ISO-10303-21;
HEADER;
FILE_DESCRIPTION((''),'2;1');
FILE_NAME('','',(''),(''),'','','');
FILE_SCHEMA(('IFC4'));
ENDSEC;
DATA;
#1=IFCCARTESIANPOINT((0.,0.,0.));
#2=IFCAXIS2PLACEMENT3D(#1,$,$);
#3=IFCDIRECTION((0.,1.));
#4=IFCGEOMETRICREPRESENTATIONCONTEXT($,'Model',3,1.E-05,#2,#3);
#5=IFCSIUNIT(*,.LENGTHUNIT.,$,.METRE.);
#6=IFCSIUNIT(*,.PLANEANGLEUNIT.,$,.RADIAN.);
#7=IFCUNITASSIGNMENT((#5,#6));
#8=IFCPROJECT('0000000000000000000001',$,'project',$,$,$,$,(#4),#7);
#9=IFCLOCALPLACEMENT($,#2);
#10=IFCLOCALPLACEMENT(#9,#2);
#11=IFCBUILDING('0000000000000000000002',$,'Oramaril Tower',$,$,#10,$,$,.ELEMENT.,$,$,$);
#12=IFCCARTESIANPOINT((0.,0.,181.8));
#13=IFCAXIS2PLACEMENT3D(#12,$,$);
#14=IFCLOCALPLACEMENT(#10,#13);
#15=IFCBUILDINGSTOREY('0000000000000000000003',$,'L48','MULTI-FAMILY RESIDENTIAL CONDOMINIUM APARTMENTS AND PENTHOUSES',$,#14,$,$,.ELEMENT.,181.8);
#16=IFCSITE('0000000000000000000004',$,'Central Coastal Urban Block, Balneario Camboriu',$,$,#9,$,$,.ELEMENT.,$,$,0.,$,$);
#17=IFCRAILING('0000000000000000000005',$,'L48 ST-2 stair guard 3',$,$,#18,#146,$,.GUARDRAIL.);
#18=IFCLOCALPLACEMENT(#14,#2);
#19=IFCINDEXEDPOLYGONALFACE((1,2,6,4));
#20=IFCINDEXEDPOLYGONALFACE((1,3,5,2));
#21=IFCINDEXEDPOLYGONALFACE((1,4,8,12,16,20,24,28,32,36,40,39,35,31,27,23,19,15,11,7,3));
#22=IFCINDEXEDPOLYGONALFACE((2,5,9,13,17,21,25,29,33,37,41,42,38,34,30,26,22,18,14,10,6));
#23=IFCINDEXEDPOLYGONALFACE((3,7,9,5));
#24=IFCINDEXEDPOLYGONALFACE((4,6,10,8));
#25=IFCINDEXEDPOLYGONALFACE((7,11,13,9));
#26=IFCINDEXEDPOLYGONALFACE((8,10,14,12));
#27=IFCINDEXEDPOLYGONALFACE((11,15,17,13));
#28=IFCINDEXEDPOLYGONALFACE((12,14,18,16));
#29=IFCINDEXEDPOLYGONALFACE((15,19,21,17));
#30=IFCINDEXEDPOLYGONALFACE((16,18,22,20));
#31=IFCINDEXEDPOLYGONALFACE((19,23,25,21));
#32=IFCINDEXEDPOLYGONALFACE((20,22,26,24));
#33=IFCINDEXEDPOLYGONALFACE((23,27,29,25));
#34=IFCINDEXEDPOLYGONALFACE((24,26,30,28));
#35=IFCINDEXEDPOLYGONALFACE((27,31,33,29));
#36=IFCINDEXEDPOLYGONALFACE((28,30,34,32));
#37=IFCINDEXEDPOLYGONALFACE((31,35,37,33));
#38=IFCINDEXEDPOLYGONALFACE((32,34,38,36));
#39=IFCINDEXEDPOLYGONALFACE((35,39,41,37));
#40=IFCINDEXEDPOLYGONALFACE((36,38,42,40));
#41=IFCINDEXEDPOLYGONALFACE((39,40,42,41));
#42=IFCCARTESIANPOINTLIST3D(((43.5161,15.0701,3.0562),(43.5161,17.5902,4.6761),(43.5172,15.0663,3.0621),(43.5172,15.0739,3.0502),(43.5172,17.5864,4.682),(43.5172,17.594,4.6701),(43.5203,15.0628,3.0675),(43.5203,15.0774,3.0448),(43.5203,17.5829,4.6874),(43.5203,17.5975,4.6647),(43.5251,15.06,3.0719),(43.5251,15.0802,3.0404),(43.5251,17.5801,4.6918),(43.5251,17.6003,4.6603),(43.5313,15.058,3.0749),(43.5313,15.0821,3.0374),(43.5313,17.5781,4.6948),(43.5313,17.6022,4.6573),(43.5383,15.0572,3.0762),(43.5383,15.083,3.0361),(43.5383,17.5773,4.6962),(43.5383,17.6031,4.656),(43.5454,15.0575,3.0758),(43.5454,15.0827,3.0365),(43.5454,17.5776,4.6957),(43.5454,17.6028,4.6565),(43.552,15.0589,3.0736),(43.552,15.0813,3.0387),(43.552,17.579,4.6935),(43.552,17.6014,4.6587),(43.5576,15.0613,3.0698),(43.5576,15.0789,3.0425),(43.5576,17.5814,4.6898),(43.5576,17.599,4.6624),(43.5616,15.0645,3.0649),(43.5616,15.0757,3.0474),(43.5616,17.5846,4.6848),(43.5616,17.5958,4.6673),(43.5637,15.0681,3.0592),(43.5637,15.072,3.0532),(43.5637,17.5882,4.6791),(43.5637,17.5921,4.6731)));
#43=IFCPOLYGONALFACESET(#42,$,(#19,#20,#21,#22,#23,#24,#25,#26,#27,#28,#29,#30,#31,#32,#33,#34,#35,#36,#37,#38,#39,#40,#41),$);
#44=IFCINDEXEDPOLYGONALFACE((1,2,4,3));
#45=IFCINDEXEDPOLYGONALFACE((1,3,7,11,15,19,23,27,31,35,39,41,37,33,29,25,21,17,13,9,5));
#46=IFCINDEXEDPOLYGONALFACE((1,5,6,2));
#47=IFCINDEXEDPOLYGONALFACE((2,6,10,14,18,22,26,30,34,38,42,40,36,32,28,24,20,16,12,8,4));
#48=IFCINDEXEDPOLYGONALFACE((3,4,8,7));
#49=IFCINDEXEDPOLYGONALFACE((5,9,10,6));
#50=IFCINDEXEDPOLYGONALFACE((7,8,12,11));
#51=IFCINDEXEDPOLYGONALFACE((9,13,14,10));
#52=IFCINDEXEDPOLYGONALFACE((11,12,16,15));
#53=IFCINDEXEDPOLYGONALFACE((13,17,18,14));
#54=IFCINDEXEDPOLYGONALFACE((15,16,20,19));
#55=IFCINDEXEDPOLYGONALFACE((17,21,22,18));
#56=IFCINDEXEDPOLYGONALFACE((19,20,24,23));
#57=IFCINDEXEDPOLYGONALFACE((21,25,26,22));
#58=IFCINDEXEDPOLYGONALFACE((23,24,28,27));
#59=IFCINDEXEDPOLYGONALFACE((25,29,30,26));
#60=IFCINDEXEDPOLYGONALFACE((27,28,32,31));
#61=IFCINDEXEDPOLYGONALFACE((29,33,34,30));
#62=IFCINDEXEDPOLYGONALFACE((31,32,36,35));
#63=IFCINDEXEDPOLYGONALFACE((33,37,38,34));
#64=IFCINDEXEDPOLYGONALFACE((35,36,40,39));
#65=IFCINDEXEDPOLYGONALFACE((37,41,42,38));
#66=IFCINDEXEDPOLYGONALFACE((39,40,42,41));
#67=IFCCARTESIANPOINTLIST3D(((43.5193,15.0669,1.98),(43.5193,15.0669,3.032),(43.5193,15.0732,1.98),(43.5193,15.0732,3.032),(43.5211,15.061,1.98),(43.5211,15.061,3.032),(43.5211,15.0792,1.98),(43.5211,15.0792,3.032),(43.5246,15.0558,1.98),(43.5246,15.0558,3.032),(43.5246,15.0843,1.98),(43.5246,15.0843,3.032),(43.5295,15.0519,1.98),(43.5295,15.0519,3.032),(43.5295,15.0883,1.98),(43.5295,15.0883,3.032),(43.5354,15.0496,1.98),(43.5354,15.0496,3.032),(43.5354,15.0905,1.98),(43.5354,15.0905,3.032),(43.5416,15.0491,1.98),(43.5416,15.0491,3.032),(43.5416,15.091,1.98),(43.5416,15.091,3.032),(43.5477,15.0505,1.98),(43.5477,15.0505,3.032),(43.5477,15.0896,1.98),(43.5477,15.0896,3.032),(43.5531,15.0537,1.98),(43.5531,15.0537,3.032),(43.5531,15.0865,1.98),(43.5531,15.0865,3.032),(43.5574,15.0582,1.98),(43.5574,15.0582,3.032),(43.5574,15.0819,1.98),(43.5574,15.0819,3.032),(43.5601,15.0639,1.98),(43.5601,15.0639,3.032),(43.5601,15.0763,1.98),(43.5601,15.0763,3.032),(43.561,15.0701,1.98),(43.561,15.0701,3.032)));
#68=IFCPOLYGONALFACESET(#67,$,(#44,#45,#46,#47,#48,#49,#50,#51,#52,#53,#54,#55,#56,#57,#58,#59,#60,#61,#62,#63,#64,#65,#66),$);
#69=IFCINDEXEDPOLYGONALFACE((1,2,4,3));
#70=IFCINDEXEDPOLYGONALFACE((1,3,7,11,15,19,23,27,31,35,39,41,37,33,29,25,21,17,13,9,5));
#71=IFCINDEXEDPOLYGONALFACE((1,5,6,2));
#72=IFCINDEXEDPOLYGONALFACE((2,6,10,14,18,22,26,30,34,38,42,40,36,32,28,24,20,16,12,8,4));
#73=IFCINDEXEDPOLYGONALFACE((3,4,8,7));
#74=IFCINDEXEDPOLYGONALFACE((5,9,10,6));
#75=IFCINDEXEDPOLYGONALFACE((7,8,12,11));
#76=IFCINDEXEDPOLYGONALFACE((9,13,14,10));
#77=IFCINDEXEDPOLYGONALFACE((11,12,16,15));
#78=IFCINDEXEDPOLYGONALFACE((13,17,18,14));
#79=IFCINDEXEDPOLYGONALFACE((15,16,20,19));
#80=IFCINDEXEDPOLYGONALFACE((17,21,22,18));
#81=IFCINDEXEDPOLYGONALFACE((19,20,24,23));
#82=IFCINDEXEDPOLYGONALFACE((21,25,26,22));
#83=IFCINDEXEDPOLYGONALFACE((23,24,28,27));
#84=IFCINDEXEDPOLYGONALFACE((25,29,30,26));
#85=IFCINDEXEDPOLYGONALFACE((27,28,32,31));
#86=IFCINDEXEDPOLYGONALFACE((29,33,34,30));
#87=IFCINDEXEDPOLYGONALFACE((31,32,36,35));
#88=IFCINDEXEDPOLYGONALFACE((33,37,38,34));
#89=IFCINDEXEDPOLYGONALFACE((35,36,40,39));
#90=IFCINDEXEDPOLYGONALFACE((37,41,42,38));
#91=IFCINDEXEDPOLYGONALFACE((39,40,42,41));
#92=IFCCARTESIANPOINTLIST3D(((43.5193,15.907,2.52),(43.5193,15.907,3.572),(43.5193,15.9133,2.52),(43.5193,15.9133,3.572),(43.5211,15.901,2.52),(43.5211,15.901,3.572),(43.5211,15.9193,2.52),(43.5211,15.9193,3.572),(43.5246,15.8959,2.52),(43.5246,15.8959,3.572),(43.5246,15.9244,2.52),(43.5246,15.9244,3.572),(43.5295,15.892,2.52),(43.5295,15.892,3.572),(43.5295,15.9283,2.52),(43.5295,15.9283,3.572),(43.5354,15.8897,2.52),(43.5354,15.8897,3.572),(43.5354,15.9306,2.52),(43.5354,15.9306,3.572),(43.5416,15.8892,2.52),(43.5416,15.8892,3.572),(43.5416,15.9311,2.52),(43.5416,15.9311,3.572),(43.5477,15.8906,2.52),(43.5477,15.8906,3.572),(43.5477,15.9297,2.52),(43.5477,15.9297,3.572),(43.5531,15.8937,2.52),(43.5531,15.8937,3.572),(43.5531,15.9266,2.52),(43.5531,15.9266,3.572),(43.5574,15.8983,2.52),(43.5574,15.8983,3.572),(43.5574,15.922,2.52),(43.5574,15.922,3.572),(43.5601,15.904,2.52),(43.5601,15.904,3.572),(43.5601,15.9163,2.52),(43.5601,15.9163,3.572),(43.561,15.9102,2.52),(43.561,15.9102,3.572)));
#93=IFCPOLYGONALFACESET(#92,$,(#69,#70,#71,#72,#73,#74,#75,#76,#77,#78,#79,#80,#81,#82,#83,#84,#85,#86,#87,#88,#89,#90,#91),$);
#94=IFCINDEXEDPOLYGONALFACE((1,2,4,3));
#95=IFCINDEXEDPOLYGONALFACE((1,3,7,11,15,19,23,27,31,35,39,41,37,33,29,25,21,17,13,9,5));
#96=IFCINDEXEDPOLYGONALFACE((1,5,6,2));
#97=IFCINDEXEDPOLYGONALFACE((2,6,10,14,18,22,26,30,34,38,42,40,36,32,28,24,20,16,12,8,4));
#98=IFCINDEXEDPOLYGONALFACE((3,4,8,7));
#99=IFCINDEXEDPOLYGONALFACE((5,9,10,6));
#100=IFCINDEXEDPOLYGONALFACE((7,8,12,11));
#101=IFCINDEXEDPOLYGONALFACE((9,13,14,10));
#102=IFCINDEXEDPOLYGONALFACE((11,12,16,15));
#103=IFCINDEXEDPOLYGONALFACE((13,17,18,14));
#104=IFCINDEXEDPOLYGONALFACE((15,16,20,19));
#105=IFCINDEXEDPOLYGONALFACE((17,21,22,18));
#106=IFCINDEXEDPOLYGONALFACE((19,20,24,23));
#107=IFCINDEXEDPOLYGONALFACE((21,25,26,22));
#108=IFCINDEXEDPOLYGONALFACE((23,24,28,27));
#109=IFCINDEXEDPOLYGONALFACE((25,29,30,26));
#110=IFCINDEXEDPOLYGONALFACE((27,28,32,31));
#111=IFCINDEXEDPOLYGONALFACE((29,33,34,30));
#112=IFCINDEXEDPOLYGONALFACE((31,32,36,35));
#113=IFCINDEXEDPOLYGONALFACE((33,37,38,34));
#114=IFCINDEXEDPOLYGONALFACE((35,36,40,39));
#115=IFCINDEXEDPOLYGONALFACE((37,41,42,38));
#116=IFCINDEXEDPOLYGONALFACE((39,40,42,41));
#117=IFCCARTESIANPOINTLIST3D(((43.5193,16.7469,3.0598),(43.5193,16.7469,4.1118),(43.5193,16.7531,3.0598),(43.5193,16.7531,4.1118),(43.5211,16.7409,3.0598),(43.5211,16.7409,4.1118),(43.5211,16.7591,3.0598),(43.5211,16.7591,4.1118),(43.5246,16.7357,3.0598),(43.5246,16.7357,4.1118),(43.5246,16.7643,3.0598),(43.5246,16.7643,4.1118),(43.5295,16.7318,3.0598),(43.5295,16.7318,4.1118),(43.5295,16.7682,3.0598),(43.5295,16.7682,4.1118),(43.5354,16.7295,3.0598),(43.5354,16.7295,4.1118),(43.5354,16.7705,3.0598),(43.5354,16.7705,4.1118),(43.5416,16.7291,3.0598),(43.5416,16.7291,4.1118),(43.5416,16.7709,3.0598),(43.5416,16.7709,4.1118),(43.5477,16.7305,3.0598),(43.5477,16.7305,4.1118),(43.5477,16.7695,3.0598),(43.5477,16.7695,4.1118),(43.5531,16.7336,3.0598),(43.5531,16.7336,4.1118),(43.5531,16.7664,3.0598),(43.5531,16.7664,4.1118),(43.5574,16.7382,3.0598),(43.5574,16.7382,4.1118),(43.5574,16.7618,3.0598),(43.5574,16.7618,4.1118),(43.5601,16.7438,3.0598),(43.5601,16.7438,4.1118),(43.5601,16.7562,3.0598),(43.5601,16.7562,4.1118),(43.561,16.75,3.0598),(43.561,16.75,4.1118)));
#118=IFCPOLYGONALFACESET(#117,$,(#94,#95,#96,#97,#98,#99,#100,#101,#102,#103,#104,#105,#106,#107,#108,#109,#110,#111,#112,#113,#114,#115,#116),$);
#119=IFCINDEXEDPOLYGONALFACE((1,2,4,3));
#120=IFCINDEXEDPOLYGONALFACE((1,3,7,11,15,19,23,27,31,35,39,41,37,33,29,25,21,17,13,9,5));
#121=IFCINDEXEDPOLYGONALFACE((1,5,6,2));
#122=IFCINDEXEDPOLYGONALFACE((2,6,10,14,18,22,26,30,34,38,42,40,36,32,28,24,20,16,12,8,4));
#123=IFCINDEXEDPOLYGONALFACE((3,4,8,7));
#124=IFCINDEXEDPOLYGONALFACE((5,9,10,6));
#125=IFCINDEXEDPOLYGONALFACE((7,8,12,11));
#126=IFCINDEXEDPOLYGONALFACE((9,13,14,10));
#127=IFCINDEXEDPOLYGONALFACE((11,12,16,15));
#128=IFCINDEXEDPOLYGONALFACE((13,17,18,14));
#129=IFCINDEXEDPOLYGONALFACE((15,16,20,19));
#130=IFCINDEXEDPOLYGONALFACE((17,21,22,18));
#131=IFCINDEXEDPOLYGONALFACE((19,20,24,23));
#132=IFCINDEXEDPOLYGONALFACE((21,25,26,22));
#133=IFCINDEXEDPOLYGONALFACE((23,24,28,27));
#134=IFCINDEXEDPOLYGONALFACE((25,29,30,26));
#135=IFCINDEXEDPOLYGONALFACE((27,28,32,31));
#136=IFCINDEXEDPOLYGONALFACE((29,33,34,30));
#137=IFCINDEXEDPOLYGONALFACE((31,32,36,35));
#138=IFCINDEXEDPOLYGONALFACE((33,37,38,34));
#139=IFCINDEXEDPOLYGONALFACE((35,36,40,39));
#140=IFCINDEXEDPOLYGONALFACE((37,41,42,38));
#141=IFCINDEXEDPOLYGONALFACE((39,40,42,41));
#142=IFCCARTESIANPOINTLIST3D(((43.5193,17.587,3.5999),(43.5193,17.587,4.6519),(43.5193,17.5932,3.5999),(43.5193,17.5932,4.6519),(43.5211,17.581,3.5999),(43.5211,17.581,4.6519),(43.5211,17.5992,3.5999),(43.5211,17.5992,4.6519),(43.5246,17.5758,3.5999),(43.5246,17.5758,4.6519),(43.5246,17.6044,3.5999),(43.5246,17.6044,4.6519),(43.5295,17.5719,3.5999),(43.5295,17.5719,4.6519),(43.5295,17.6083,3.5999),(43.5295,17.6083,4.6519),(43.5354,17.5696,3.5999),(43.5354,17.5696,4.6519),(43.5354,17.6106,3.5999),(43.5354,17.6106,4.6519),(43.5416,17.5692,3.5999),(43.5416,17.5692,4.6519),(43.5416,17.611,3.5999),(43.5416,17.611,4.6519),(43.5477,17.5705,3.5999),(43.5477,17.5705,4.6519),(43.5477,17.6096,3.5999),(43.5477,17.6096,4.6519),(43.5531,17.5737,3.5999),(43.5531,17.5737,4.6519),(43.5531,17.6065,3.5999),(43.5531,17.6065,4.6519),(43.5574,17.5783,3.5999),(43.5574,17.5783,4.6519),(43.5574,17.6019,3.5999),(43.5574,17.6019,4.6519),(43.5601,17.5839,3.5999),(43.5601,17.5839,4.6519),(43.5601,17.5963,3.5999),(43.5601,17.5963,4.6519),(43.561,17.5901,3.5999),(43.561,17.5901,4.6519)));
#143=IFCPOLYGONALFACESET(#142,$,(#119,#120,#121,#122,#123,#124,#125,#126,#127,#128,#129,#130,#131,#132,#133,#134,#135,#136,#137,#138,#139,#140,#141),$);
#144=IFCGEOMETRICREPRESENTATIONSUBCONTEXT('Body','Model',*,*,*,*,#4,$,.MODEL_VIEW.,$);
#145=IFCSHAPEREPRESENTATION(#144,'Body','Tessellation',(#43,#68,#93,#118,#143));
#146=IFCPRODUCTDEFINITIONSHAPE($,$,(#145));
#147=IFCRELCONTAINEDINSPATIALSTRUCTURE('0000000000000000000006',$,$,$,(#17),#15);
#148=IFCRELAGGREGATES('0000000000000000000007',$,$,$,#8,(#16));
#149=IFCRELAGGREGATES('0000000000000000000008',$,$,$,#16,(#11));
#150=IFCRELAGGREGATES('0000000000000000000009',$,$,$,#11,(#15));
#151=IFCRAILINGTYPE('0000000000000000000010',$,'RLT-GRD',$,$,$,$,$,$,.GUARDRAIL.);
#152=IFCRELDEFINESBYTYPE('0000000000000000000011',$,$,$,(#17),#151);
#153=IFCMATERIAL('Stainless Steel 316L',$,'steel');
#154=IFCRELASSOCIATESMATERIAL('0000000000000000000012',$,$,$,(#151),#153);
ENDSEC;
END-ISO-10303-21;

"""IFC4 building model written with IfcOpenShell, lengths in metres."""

from ifc_helpers import new_model, si_unit, direction, frame, origin, origin_2d, place, context, subcontext, project, spatial, circle, extrude, material, type_object, element, save


model = new_model("IFC4")

# Units and contexts
model_context = context("Model", 3, precision=1e-05, world=origin(), true_north=direction((0.0, 1.0)))
body_context = subcontext(model_context, "Body", "Model", "MODEL_VIEW")
ifc_project = project(units=[si_unit("LENGTHUNIT", "METRE"), si_unit("PLANEANGLEUNIT", "RADIAN")], contexts=[model_context])

# Site, building, storey
site_placement = place(None, origin())
site = spatial("IfcSite", under=ifc_project, at=site_placement, Name="Central Coastal Urban Block, Balneario Camboriu", CompositionType="ELEMENT", RefElevation=0.0)
building_placement = place(site_placement, origin())
building = spatial("IfcBuilding", under=site, at=building_placement, Name="Oramaril Tower", CompositionType="ELEMENT")
storey_placement = place(building_placement, frame((0.0, 0.0, 181.8)))
storey = spatial("IfcBuildingStorey", under=building, at=storey_placement, Name="L48", Description="MULTI-FAMILY RESIDENTIAL CONDOMINIUM APARTMENTS AND PENTHOUSES", CompositionType="ELEMENT", Elevation=181.8)

# Railing
ifc_material_1 = material(Name="Stainless Steel 316L", Category="steel")
railing_type_1 = type_object("IfcRailingType", Name="RLT-GRD", PredefinedType="GUARDRAIL", material=ifc_material_1)
railing_1_placement = place(storey_placement, frame((43.54, 15.0701, 1.98)))
element("IfcRailing", 1, at=railing_1_placement, inside=storey, type_object=railing_type_1, Name="L48 ST-2 stair guard 3", PredefinedType="GUARDRAIL", context=body_context, shape_type="SweptSolid", body=[
    extrude(circle(Radius=0.0239, at=origin_2d()), frame((0.0, 0.0, 1.0762), z_axis=(0.0, 0.8412, 0.540725), x_axis=(-1.0, 0.0, 0.0)), (0.0, 0.0, 1.0), 2.9958),
    extrude(circle(Radius=0.021, at=origin_2d()), origin(), (0.0, 0.0, 1.0), 1.052),
    extrude(circle(Radius=0.021, at=origin_2d()), frame((0.0, 0.8401, 0.54)), (0.0, 0.0, 1.0), 1.052),
    extrude(circle(Radius=0.021, at=origin_2d()), frame((0.0, 1.6799, 1.0798)), (0.0, 0.0, 1.0), 1.052),
    extrude(circle(Radius=0.021, at=origin_2d()), frame((0.0, 2.52, 1.6199)), (0.0, 0.0, 1.0), 1.052),
])

save(model, "model.ifc")
